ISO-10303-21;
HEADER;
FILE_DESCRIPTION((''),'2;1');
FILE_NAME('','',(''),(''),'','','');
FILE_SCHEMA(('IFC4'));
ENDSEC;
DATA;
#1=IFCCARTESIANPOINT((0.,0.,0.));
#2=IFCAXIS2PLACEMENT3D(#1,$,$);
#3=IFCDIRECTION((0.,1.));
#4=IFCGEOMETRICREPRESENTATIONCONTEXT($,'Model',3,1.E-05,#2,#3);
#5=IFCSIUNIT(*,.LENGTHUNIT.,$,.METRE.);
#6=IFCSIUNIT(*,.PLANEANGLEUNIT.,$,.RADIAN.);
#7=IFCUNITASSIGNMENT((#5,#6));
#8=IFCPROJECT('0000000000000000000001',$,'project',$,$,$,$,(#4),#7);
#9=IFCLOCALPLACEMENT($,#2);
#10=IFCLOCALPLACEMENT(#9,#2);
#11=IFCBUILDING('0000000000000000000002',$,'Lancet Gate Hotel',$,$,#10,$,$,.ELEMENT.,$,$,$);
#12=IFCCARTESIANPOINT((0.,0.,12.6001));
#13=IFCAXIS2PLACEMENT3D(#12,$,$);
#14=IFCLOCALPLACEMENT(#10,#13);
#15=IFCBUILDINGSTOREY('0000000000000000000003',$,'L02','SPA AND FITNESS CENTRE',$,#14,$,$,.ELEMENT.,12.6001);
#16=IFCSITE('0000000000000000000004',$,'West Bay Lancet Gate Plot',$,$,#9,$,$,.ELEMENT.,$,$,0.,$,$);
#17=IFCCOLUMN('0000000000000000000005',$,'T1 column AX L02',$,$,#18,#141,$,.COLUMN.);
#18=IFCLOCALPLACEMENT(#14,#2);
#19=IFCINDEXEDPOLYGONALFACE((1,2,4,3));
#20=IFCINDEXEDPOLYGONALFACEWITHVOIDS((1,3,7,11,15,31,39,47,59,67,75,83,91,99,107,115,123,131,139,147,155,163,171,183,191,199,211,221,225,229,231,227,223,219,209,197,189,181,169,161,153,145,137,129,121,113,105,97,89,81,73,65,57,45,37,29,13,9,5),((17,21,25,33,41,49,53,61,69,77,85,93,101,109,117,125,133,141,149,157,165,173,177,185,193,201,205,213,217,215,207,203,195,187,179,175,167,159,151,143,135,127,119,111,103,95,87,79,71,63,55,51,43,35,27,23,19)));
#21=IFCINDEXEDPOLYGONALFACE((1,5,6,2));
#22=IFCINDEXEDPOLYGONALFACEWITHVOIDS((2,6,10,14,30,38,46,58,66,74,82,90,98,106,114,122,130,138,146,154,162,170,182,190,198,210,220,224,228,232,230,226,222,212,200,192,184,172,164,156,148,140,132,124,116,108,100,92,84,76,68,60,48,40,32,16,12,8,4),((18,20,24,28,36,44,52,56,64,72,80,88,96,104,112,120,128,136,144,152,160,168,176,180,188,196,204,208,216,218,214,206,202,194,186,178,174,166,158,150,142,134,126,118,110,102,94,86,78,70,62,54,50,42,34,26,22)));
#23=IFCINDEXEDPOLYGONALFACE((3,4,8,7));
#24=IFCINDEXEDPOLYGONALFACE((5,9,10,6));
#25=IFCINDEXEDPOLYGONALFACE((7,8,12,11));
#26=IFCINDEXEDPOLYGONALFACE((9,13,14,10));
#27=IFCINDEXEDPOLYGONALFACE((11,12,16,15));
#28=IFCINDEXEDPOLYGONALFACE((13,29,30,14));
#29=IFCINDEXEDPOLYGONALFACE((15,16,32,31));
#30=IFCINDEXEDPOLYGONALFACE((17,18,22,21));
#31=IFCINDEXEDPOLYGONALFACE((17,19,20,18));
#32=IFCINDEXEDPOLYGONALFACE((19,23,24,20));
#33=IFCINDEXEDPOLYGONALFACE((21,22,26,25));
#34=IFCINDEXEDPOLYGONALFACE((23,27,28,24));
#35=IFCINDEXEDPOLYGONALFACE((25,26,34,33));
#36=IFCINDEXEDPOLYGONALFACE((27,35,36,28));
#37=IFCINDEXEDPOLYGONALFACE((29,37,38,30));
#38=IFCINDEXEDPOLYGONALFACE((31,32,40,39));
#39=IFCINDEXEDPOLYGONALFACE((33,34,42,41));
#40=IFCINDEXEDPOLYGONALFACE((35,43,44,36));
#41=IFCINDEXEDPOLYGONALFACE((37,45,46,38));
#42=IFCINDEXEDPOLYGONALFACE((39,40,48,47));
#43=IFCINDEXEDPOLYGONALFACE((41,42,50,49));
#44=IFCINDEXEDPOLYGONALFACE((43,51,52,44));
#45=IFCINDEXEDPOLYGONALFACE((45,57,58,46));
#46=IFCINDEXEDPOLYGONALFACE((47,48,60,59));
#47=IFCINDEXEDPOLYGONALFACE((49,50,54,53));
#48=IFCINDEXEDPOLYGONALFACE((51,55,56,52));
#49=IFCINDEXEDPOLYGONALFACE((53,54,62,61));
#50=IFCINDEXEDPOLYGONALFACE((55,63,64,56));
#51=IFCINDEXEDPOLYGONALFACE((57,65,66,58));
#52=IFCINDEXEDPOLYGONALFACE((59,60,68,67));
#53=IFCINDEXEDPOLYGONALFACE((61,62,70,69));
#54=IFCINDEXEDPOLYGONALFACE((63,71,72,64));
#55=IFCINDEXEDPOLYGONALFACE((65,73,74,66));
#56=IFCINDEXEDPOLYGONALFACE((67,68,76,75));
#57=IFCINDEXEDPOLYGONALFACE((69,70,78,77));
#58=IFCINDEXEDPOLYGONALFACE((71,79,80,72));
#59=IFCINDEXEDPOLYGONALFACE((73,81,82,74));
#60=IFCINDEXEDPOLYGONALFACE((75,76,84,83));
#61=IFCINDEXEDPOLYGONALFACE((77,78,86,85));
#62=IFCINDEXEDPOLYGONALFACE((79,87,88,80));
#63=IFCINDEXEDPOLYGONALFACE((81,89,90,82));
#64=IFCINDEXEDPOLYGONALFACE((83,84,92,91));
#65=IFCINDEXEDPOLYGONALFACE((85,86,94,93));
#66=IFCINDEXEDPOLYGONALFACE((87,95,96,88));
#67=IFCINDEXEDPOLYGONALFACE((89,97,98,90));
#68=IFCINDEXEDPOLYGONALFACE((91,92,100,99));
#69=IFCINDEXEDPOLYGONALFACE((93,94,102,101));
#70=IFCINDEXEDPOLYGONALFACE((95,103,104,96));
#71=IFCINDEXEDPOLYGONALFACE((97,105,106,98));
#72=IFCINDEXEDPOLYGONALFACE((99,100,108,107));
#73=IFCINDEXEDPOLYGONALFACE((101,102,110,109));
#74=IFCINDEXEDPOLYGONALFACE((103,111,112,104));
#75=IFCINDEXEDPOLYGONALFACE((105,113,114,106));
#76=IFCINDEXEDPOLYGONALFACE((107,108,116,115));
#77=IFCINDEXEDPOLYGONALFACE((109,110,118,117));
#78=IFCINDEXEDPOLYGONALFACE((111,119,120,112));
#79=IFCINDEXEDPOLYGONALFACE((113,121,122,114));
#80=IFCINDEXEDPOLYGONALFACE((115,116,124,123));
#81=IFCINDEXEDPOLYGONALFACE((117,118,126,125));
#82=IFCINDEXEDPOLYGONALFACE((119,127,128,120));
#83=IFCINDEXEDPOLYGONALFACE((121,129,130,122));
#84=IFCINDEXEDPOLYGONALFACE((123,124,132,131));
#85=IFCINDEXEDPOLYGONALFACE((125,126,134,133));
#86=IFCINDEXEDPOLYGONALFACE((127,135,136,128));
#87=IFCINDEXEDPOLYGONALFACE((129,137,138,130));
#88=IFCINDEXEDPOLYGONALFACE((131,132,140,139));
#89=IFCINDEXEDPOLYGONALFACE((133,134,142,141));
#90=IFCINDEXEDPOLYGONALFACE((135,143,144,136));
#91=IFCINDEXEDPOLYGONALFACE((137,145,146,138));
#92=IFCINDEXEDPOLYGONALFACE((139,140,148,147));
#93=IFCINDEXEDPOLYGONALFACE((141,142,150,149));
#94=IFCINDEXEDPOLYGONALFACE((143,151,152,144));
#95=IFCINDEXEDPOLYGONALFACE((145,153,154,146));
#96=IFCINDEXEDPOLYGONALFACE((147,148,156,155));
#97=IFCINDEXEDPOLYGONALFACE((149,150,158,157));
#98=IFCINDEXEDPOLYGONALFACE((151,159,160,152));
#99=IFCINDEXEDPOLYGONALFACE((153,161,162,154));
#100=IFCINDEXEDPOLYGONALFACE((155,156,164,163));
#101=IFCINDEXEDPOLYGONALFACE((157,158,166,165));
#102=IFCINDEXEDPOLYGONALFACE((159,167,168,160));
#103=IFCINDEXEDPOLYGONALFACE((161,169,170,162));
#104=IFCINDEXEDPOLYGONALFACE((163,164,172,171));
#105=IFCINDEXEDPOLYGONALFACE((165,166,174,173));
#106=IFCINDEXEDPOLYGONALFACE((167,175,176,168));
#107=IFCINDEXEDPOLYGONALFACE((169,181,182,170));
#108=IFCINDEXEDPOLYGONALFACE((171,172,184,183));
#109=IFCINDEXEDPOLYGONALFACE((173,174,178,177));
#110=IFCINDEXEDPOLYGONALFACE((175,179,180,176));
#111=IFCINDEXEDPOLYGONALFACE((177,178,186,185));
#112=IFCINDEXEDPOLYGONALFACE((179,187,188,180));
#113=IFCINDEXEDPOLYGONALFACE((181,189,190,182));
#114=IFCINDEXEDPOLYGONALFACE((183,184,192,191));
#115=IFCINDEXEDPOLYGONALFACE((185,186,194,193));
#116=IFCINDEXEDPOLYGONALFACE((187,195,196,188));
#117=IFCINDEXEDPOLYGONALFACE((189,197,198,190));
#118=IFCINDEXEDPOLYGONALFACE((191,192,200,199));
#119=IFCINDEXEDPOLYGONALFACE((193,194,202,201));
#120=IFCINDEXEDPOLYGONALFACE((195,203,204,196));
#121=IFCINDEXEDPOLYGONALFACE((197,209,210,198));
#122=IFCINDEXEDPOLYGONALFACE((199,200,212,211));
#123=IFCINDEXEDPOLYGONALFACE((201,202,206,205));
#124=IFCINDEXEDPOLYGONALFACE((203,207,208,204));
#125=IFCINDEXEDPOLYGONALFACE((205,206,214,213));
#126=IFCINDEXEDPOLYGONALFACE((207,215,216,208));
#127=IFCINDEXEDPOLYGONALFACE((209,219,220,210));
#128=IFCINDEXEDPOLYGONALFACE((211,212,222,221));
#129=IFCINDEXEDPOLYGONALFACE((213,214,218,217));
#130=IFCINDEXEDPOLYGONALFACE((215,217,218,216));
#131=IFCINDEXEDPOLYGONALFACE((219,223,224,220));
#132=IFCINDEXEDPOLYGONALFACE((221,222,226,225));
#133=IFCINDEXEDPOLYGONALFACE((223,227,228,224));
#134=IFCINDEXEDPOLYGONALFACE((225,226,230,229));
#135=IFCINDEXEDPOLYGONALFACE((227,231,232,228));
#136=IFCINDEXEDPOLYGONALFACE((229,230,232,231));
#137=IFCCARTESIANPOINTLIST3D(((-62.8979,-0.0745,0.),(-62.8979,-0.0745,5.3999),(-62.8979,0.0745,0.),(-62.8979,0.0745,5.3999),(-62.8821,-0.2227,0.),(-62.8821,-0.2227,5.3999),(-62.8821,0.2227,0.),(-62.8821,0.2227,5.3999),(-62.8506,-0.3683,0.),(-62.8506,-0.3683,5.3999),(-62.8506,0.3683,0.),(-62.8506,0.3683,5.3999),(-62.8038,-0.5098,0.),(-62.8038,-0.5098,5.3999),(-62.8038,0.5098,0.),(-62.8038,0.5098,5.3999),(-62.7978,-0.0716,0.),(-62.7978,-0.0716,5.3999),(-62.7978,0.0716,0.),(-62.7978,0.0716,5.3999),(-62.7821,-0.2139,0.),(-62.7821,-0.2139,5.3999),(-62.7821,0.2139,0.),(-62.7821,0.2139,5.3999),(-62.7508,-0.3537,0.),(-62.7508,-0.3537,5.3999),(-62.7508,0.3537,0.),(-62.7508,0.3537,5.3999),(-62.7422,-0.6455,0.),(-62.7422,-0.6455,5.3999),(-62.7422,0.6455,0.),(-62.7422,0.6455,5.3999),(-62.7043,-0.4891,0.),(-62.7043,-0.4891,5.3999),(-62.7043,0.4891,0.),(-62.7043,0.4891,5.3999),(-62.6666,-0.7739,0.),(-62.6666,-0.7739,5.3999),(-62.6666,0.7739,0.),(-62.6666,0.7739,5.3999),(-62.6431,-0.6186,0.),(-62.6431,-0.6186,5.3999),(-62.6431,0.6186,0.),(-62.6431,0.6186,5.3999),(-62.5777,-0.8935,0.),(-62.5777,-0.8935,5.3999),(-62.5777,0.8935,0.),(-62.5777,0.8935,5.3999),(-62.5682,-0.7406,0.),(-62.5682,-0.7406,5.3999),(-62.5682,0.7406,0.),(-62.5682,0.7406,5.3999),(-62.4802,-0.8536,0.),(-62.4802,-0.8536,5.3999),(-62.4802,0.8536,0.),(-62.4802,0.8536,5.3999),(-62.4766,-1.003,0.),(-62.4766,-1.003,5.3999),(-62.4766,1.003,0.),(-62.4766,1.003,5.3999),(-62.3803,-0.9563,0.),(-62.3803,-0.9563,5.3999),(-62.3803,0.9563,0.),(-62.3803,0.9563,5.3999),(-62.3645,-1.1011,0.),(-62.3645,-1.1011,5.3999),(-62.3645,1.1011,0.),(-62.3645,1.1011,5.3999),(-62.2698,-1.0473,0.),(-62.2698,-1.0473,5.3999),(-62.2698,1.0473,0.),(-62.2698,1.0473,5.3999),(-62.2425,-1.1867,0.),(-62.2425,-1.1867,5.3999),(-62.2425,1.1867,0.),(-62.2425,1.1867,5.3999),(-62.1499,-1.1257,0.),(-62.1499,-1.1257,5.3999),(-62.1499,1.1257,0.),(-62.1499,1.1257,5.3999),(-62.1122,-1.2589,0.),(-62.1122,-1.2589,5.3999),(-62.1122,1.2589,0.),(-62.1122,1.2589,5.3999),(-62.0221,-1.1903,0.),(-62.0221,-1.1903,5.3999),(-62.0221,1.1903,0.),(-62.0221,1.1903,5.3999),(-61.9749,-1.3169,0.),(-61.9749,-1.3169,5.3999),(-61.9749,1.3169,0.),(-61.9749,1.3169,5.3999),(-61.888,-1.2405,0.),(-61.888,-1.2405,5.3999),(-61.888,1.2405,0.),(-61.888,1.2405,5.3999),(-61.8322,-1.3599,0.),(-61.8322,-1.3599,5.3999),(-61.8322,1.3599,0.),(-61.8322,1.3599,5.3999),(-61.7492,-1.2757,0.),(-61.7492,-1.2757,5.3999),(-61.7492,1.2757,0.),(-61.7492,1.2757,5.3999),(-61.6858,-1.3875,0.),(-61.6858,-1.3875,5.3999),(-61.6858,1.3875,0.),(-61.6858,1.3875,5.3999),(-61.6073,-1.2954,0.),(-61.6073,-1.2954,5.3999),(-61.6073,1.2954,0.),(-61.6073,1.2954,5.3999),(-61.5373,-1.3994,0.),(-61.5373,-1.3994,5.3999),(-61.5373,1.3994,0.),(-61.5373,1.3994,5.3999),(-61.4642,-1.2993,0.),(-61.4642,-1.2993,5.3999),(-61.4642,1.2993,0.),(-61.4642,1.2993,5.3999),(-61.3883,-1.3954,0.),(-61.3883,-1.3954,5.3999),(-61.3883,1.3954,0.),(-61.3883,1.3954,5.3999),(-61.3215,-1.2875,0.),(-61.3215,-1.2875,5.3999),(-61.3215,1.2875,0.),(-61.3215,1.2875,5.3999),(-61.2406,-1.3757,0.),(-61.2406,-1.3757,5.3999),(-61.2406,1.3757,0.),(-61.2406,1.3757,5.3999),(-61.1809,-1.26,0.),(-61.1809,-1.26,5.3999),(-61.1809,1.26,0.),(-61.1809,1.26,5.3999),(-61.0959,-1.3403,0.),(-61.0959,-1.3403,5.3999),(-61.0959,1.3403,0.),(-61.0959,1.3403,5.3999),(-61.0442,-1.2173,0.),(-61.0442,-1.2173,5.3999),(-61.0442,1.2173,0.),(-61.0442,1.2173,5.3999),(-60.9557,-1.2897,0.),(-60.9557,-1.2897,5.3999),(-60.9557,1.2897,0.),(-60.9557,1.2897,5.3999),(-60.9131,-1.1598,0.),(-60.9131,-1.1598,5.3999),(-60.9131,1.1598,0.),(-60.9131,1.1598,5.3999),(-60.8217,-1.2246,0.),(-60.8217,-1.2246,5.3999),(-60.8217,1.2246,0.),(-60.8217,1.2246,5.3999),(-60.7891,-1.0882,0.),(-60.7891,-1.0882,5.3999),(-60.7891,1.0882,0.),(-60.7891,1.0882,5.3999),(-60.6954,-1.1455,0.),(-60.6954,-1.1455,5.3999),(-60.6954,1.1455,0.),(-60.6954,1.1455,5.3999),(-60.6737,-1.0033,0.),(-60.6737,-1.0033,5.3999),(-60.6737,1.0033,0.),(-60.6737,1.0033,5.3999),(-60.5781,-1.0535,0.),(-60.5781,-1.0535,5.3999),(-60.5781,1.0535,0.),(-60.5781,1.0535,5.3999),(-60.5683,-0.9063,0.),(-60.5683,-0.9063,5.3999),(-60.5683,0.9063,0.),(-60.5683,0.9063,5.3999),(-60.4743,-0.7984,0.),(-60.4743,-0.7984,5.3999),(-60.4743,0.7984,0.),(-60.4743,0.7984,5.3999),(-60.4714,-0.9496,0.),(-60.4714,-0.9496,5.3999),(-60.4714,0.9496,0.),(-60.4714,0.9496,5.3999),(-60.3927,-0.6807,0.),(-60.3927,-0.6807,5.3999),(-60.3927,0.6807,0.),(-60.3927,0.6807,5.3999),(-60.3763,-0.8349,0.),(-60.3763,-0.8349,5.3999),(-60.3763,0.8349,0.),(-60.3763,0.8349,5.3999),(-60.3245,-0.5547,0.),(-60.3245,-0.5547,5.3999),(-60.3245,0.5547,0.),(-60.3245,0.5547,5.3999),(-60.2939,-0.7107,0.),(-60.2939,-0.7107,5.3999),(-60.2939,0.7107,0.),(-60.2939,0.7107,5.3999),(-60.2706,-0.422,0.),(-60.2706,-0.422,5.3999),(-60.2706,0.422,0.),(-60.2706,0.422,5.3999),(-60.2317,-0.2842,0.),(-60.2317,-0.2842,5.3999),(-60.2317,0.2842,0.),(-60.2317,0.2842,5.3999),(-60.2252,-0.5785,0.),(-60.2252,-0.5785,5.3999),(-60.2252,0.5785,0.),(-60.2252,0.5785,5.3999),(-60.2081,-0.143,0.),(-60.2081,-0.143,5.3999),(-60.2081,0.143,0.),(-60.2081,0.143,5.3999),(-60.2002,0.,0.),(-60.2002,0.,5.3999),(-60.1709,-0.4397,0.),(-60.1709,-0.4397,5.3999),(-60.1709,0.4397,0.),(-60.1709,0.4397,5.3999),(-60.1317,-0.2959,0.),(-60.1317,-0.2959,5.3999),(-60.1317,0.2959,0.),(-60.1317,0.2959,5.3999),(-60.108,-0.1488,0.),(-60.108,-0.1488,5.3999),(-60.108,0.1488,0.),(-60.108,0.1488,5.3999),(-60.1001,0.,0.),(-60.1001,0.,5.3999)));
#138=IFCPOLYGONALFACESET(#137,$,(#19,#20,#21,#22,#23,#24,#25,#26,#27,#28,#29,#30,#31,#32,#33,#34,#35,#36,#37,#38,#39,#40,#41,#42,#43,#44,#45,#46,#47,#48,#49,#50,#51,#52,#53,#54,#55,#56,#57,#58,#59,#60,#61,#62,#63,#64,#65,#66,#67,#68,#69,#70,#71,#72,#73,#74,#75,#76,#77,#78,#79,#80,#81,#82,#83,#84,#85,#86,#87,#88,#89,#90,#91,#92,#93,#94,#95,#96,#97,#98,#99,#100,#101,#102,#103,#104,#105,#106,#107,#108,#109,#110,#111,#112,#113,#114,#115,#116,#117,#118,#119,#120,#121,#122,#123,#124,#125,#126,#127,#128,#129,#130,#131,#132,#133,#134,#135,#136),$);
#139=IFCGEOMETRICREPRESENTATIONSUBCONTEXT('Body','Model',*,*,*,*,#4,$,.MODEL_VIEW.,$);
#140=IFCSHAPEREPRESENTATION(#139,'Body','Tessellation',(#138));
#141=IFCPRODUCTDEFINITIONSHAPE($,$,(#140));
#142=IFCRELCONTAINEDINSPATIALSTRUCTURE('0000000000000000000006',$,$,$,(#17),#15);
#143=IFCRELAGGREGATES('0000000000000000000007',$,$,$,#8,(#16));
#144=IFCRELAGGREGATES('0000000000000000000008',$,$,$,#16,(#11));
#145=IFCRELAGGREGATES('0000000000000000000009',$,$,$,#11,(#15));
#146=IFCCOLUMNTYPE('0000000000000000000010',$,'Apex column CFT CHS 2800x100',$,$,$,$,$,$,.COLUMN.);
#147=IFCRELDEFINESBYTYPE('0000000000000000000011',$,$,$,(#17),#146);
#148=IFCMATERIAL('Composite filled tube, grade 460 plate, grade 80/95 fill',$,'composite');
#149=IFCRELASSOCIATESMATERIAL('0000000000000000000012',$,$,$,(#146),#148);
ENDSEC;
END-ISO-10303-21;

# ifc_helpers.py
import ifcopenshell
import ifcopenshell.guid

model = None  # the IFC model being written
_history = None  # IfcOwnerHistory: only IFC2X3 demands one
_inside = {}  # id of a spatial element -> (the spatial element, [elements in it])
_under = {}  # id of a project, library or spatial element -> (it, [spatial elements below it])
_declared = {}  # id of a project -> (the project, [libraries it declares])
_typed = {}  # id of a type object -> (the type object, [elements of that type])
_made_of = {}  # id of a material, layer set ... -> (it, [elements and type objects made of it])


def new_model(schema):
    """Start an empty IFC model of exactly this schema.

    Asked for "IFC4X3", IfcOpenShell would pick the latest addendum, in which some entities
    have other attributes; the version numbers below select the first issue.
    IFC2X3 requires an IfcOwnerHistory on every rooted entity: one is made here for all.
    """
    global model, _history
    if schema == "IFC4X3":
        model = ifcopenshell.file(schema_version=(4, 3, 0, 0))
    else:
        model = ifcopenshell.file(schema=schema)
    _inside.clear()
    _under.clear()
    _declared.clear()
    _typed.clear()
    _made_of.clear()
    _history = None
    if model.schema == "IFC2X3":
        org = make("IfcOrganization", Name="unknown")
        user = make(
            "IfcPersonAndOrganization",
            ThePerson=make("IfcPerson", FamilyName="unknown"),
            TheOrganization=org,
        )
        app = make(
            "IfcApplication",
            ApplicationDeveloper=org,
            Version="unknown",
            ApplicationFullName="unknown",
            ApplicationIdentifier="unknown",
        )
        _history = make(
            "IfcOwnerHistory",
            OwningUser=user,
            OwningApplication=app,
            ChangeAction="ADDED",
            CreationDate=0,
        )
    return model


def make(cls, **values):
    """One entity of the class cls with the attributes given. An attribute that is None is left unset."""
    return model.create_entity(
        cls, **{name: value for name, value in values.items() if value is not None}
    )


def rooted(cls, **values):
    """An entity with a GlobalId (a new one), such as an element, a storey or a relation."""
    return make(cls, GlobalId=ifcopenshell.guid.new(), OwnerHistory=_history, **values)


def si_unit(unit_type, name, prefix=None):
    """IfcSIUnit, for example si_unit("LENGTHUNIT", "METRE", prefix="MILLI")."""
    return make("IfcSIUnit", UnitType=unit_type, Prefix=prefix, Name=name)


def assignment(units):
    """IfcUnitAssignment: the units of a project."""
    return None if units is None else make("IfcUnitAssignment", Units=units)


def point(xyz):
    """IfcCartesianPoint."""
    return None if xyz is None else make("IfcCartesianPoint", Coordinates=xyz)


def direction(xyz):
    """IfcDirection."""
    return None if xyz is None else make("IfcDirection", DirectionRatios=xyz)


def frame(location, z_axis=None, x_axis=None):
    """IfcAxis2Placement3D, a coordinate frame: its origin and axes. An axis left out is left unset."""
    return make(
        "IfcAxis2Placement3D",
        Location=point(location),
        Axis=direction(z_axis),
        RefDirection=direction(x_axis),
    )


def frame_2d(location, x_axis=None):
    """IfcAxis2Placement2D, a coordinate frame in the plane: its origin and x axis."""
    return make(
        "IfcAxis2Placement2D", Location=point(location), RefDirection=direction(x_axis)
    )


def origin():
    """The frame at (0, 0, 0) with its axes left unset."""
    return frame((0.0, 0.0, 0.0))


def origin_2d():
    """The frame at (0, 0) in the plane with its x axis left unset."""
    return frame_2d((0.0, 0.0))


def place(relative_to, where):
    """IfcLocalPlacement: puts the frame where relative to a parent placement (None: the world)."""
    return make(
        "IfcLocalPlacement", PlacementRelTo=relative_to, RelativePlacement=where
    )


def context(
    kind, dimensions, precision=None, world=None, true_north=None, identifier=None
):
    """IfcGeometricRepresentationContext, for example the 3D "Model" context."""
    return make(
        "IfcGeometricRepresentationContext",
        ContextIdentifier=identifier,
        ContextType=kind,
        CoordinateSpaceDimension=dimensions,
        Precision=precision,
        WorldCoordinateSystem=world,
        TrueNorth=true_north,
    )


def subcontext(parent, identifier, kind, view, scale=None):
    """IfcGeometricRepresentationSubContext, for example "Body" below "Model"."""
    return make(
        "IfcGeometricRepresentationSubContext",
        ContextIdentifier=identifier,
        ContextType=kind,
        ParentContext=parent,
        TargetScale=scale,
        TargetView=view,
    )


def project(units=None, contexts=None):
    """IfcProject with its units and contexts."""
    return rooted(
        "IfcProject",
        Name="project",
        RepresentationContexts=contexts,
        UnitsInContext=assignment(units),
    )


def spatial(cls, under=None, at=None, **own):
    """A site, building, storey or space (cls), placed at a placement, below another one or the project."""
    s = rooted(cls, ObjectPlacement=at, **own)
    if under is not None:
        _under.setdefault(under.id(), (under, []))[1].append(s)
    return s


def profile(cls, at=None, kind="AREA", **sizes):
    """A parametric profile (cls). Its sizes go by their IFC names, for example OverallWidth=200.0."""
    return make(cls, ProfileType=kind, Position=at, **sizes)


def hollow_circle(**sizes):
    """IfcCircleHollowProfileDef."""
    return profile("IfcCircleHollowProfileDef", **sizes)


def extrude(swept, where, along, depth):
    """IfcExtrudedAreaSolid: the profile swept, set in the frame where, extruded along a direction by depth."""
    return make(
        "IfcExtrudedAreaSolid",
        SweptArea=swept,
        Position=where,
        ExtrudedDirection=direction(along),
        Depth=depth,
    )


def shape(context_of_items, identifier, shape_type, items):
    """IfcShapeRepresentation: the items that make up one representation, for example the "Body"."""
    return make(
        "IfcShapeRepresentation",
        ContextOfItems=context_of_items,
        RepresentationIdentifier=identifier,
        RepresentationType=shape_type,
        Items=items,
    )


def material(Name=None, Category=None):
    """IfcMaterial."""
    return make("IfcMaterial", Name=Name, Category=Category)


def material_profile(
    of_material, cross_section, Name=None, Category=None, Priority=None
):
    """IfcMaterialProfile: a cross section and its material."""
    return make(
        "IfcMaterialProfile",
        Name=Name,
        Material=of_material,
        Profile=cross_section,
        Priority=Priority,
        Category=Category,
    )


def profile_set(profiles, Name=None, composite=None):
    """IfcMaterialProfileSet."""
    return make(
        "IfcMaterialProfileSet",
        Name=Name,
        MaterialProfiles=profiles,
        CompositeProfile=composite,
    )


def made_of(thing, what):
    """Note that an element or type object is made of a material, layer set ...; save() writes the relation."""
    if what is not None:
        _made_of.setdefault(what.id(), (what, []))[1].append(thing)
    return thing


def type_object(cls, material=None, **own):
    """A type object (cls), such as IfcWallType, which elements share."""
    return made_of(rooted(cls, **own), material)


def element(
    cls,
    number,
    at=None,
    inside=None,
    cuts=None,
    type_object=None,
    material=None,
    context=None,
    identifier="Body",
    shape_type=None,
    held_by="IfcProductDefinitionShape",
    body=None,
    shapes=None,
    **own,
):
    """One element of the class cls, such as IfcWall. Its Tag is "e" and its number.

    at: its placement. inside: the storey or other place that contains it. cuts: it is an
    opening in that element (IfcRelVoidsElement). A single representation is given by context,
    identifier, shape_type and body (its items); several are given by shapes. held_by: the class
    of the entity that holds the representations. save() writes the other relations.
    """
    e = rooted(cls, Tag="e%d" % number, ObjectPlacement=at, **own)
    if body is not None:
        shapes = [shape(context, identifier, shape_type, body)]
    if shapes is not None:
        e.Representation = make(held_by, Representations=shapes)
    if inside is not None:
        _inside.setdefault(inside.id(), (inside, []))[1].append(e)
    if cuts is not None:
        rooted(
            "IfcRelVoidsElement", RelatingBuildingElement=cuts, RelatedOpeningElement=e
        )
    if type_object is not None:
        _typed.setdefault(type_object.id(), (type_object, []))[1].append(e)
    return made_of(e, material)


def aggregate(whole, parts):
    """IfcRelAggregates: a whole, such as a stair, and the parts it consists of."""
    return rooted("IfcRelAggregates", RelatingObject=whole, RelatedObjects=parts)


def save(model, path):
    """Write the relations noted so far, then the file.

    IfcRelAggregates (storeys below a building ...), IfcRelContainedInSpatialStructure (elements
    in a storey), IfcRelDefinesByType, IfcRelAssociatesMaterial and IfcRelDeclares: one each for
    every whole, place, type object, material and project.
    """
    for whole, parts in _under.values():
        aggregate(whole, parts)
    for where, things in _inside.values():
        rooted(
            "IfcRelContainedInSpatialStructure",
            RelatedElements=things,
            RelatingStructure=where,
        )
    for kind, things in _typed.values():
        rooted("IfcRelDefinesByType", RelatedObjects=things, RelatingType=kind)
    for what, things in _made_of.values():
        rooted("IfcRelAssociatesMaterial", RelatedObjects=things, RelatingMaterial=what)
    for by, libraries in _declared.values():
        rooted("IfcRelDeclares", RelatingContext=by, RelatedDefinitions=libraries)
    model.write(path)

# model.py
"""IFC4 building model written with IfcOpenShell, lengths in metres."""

from ifc_helpers import new_model, si_unit, direction, frame, origin, origin_2d, place, context, subcontext, project, spatial, hollow_circle, extrude, material, material_profile, profile_set, type_object, element, save


model = new_model("IFC4")

# Units and contexts
model_context = context("Model", 3, precision=1e-05, world=origin(), true_north=direction((0.0, 1.0)))
body_context = subcontext(model_context, "Body", "Model", "MODEL_VIEW")
ifc_project = project(units=[si_unit("LENGTHUNIT", "METRE"), si_unit("PLANEANGLEUNIT", "RADIAN")], contexts=[model_context])

# Site, building, storey
site_placement = place(None, origin())
site = spatial("IfcSite", under=ifc_project, at=site_placement, Name="West Bay Lancet Gate Plot", CompositionType="ELEMENT", RefElevation=0.0)
building_placement = place(site_placement, origin())
building = spatial("IfcBuilding", under=site, at=building_placement, Name="Lancet Gate Hotel", CompositionType="ELEMENT")
storey_placement = place(building_placement, frame((0.0, 0.0, 12.6001)))
storey = spatial("IfcBuildingStorey", under=building, at=storey_placement, Name="L02", Description="SPA AND FITNESS CENTRE", CompositionType="ELEMENT", Elevation=12.6001)

# Column
ifc_material_1 = material(Name="Composite filled tube, grade 460 plate, grade 80/95 fill", Category="composite")
ifc_material_profile_1 = material_profile(ifc_material_1, hollow_circle(Radius=1.3999, WallThickness=0.1001, at=origin_2d()), Name="CHS 2800x100")
ifc_profile_set_1 = profile_set([ifc_material_profile_1], Name="Composite filled tube, grade 460 plate, grade 80/95 fill")
column_type_1 = type_object("IfcColumnType", Name="Apex column CFT CHS 2800x100", PredefinedType="COLUMN", material=ifc_profile_set_1)
column_1_placement = place(storey_placement, frame((-61.5, 0.0, 0.0), z_axis=(0.0, 0.0, 1.0), x_axis=(1.0, 0.0, 0.0)))
element("IfcColumn", 1, at=column_1_placement, inside=storey, type_object=column_type_1, Name="T1 column AX L02", PredefinedType="COLUMN", context=body_context, shape_type="SweptSolid", body=[
    extrude(hollow_circle(Radius=1.3999, WallThickness=0.1001, at=origin_2d()), origin(), (0.0, 0.0, 1.0), 5.3999),
])

save(model, "model.ifc")
